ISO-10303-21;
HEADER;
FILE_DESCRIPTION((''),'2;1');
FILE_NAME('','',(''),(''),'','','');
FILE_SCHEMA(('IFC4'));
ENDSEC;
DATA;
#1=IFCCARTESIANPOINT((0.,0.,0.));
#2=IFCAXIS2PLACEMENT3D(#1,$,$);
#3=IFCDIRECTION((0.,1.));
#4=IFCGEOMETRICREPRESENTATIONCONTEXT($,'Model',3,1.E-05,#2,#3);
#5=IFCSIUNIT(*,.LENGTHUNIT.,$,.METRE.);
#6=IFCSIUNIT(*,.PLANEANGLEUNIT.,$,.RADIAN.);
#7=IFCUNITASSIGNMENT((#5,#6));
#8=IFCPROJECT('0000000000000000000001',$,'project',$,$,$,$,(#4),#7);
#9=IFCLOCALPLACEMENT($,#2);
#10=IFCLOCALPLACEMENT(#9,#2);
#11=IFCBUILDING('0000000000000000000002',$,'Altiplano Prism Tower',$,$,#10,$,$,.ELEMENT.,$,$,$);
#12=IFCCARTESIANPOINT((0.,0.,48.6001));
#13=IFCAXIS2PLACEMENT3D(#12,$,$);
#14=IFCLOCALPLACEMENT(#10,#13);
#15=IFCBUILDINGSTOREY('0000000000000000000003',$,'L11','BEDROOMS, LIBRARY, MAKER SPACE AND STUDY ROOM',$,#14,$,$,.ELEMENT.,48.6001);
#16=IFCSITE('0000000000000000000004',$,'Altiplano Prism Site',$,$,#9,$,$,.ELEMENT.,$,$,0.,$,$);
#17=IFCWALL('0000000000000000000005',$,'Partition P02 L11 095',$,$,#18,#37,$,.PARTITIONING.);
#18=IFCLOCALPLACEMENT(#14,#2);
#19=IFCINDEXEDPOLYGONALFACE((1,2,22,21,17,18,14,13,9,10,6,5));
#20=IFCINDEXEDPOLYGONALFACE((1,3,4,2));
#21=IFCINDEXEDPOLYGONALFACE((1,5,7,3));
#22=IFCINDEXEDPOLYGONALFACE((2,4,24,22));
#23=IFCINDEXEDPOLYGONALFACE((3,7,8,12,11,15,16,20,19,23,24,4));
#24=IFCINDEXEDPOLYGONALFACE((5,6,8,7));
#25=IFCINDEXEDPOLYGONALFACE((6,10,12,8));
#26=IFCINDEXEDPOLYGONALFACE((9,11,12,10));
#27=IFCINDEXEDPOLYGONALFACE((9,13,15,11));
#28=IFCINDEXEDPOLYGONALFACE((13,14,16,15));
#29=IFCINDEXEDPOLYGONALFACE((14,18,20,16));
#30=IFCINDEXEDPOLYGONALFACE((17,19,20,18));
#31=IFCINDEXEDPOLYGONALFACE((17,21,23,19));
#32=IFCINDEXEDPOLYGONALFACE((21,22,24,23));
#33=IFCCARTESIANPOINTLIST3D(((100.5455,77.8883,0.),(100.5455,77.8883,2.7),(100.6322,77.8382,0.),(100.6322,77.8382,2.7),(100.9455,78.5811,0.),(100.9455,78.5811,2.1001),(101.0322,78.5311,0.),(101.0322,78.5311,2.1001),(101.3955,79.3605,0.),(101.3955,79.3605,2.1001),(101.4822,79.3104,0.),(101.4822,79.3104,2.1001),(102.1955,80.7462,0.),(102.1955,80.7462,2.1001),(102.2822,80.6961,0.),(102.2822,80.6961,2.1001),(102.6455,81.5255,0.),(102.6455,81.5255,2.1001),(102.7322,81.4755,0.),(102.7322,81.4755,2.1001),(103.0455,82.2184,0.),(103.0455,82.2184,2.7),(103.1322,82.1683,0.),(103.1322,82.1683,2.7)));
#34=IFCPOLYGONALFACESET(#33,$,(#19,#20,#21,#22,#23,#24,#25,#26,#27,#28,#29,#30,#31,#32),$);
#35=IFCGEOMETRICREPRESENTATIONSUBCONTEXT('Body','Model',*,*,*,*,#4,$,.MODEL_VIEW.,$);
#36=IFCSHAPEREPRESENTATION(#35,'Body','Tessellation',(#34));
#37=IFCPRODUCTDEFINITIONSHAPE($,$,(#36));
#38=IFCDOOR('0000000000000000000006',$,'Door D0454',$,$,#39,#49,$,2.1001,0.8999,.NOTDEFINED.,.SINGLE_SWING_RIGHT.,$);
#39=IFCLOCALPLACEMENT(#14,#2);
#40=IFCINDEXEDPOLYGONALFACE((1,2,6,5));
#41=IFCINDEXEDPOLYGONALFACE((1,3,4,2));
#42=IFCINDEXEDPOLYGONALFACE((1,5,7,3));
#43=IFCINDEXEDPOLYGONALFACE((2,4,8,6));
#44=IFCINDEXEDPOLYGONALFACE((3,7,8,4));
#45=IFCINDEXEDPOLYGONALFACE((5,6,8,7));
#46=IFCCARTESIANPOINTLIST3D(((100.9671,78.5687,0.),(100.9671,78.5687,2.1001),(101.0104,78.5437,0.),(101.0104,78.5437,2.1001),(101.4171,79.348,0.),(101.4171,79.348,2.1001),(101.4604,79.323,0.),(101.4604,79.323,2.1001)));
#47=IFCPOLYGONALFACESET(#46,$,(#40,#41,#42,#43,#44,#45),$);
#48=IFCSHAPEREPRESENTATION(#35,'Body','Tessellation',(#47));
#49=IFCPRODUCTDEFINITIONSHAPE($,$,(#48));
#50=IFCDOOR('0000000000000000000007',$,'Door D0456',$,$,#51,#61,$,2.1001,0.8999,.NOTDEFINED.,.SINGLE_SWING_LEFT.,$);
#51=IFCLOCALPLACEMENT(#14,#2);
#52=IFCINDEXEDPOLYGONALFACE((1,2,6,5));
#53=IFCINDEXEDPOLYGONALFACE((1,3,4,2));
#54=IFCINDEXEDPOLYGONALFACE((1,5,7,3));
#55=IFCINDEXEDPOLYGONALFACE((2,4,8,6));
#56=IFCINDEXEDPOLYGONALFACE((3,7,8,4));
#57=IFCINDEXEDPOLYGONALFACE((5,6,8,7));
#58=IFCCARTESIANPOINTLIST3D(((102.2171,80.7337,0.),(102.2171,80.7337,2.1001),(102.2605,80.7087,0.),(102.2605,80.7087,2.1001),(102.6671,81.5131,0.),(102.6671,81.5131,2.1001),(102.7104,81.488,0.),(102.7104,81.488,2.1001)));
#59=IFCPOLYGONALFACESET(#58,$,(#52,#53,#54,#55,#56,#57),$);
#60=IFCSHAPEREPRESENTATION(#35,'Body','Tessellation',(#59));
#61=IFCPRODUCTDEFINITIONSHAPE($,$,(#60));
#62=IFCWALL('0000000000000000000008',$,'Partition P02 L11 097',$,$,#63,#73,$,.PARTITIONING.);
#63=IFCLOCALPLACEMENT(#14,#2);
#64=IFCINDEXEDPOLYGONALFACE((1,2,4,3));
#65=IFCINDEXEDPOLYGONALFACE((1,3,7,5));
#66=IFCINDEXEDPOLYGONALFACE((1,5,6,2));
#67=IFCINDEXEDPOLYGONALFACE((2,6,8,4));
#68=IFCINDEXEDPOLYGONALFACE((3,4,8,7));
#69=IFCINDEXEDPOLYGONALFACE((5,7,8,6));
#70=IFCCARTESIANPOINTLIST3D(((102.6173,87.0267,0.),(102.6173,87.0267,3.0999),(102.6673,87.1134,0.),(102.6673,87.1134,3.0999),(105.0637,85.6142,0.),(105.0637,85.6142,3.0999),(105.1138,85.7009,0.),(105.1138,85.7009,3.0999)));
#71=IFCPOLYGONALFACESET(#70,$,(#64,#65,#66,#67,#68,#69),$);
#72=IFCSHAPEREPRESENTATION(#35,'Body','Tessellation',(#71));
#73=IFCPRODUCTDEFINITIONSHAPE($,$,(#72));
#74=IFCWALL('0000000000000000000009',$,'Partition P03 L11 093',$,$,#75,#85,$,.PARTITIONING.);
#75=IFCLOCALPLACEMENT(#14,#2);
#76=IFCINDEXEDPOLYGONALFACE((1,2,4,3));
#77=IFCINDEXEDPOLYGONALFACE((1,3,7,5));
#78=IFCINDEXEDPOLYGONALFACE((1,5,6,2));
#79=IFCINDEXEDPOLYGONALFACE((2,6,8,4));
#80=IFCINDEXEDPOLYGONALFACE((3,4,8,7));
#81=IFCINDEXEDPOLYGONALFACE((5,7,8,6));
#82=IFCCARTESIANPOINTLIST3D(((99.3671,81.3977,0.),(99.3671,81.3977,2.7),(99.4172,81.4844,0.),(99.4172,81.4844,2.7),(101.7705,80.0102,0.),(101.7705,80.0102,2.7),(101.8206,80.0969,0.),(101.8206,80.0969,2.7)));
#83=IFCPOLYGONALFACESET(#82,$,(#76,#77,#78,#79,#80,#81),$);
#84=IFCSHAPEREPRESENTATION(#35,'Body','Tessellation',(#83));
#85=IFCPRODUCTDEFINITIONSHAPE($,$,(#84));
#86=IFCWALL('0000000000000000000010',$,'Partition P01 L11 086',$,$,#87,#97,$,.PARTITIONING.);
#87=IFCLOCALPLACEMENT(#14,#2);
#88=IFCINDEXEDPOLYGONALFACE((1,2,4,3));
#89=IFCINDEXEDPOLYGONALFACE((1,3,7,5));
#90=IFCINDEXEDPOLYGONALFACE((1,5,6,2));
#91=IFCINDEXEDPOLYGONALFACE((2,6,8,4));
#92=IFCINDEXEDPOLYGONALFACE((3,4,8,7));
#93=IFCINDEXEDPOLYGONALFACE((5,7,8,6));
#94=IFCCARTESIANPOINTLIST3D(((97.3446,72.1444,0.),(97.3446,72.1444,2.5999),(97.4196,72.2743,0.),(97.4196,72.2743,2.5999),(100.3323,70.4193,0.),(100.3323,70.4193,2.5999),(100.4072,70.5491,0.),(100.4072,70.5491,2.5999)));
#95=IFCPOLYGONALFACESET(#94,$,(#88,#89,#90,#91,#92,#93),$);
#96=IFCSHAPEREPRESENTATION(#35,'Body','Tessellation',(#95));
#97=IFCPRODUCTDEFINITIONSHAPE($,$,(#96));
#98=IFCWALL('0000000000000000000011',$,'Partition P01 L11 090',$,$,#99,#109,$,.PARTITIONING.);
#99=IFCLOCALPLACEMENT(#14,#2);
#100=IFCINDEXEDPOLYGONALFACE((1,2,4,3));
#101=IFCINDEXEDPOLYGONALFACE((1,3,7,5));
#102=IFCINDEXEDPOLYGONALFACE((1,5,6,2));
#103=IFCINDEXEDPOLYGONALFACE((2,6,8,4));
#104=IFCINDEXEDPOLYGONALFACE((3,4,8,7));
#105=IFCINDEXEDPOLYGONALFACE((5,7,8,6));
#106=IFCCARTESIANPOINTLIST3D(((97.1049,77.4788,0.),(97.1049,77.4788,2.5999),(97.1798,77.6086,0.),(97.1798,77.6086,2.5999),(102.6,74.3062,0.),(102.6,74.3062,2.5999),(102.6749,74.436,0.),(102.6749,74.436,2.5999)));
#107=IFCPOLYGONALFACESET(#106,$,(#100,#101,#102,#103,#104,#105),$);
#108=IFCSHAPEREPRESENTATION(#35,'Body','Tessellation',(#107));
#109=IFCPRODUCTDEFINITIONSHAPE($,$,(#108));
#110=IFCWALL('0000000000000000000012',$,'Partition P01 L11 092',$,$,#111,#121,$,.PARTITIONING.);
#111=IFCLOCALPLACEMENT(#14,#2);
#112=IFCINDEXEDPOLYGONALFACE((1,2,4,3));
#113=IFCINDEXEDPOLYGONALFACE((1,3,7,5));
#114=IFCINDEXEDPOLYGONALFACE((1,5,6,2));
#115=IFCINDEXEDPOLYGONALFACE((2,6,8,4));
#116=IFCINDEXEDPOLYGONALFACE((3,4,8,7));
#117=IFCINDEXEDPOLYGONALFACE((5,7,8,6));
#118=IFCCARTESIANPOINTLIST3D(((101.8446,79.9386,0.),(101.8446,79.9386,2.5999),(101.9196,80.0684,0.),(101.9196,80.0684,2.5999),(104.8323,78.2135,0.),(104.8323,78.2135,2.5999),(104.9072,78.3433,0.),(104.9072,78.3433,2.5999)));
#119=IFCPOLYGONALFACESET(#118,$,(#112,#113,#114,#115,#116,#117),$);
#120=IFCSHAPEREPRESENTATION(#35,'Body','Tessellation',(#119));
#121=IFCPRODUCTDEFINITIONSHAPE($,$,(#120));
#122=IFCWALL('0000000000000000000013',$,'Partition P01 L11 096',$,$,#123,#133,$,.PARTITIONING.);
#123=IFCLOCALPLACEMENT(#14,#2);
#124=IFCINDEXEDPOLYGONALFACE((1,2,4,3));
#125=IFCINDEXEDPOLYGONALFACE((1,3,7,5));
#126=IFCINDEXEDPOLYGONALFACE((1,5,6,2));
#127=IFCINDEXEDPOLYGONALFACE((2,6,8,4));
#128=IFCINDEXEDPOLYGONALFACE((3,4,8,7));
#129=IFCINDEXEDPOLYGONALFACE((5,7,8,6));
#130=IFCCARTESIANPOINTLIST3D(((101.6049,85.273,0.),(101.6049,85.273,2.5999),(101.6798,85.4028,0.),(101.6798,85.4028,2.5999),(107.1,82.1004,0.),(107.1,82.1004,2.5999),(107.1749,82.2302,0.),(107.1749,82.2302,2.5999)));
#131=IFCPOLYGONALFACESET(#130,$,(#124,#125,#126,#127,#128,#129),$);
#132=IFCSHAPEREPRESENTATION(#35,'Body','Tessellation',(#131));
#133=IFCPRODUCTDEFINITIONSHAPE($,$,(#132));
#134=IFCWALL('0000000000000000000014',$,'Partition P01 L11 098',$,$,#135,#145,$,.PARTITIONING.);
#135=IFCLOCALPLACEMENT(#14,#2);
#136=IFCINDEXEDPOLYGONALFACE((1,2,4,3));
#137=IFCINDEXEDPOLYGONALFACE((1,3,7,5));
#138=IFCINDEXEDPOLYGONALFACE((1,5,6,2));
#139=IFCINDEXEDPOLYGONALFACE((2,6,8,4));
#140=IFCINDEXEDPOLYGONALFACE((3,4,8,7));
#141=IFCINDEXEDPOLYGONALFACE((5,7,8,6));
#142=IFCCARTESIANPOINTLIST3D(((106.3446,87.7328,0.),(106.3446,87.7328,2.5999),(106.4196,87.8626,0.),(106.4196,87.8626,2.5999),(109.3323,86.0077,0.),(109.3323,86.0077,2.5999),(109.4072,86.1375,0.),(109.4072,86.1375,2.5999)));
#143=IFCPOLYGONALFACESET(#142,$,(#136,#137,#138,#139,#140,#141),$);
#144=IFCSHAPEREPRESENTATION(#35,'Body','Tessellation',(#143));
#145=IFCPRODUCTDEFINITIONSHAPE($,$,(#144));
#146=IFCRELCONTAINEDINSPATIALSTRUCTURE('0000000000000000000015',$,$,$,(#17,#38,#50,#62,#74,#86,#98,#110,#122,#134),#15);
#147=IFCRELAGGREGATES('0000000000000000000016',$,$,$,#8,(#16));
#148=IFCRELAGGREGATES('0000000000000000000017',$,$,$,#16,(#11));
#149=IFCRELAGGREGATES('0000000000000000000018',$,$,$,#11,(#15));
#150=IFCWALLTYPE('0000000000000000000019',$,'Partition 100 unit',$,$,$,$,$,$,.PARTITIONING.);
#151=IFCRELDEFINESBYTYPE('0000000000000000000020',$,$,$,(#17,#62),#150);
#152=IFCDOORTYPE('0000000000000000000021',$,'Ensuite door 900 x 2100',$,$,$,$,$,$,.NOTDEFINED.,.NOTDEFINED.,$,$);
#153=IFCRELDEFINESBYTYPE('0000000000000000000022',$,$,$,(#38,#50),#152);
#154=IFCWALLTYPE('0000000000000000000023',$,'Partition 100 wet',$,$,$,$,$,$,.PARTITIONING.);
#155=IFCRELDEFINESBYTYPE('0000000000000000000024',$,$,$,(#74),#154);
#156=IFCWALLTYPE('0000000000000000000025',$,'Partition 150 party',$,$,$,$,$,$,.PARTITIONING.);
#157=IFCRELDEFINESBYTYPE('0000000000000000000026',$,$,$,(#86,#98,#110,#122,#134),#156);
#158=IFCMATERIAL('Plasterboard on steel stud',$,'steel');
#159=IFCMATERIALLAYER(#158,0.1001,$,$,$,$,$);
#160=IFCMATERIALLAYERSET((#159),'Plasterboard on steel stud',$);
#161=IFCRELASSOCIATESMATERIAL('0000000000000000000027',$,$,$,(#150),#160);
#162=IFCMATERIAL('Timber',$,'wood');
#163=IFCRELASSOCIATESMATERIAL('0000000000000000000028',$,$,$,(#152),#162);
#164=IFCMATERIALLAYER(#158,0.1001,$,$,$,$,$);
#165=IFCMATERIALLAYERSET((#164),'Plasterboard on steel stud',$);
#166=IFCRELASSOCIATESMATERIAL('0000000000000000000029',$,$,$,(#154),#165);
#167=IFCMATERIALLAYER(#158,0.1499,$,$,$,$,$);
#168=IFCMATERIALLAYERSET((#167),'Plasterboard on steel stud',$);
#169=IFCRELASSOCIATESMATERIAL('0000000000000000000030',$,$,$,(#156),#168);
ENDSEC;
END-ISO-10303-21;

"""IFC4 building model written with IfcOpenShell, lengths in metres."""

from ifc_helpers import new_model, si_unit, direction, frame, frame_2d, origin, place, context, subcontext, project, spatial, rectangle, extrude, material, layer, layer_set, type_object, element, fill, save


model = new_model("IFC4")

# Units and contexts
model_context = context("Model", 3, precision=1e-05, world=origin(), true_north=direction((0.0, 1.0)))
body_context = subcontext(model_context, "Body", "Model", "MODEL_VIEW")
ifc_project = project(units=[si_unit("LENGTHUNIT", "METRE"), si_unit("PLANEANGLEUNIT", "RADIAN")], contexts=[model_context])

# Site, building, storey
site_placement = place(None, origin())
site = spatial("IfcSite", under=ifc_project, at=site_placement, Name="Altiplano Prism Site", CompositionType="ELEMENT", RefElevation=0.0)
building_placement = place(site_placement, origin())
building = spatial("IfcBuilding", under=site, at=building_placement, Name="Altiplano Prism Tower", CompositionType="ELEMENT")
storey_placement = place(building_placement, frame((0.0, 0.0, 48.6001)))
storey = spatial("IfcBuildingStorey", under=building, at=storey_placement, Name="L11", Description="BEDROOMS, LIBRARY, MAKER SPACE AND STUDY ROOM", CompositionType="ELEMENT", Elevation=48.6001)

# Shared definitions
ifc_material_1 = material(Name="Plasterboard on steel stud", Category="steel")
ifc_layer_1 = layer(ifc_material_1, 0.1001)
ifc_layer_set_1 = layer_set([ifc_layer_1], Name="Plasterboard on steel stud")
wall_type_1 = type_object("IfcWallType", Name="Partition 100 unit", PredefinedType="PARTITIONING", material=ifc_layer_set_1)

# Wall, openings, doors
wall_1_placement = place(storey_placement, frame((103.0889, 82.1934, 0.0), z_axis=(0.0, 0.0, 1.0), x_axis=(-0.500004, -0.866023, 0.0)))
wall_1 = element("IfcWall", 1, at=wall_1_placement, inside=storey, type_object=wall_type_1, Name="Partition P02 L11 095", PredefinedType="PARTITIONING", context=body_context, shape_type="SweptSolid", body=[
    extrude(rectangle(XDim=5.0, YDim=0.1001, at=frame_2d((2.5, 0.0))), origin(), (0.0, 0.0, 1.0), 2.7),
])
opening_1_placement = place(wall_1_placement, frame((3.3, 0.0, 0.0)))
opening_1 = element("IfcOpeningElement", 2, at=opening_1_placement, cuts=wall_1, PredefinedType="OPENING", context=body_context, shape_type="SweptSolid", body=[
    extrude(rectangle(XDim=0.8999, YDim=2.1001, at=frame_2d((0.45, 1.05))), frame((0.0, 0.0605, 0.0), z_axis=(0.0, -1.0, 0.0), x_axis=(1.0, 0.0, 0.0)), (0.0, 0.0, 1.0), 0.1211),
])
opening_2_placement = place(wall_1_placement, frame((0.8, 0.0, 0.0)))
opening_2 = element("IfcOpeningElement", 3, at=opening_2_placement, cuts=wall_1, PredefinedType="OPENING", context=body_context, shape_type="SweptSolid", body=[
    extrude(rectangle(XDim=0.8999, YDim=2.1001, at=frame_2d((0.45, 1.05))), frame((0.0, 0.0605, 0.0), z_axis=(0.0, -1.0, 0.0), x_axis=(1.0, 0.0, 0.0)), (0.0, 0.0, 1.0), 0.1211),
])
ifc_material_2 = material(Name="Timber", Category="wood")
door_type = type_object("IfcDoorType", Name="Ensuite door 900 x 2100", OperationType="NOTDEFINED", PredefinedType="NOTDEFINED", material=ifc_material_2)
door_1_placement = place(opening_1_placement, origin())
door_1 = element("IfcDoor", 4, at=door_1_placement, inside=storey, type_object=door_type, Name="Door D0454", OperationType="SINGLE_SWING_RIGHT", OverallHeight=2.1001, OverallWidth=0.8999, PredefinedType="NOTDEFINED", context=body_context, shape_type="SweptSolid", body=[
    extrude(rectangle(XDim=0.8999, YDim=2.1001, at=frame_2d((0.45, 1.05))), frame((0.0, 0.0249, 0.0), z_axis=(0.0, -1.0, 0.0), x_axis=(1.0, 0.0, 0.0)), (0.0, 0.0, 1.0), 0.05),
])
fill(opening_1, door_1)
door_2_placement = place(opening_2_placement, origin())
door_2 = element("IfcDoor", 5, at=door_2_placement, inside=storey, type_object=door_type, Name="Door D0456", OperationType="SINGLE_SWING_LEFT", OverallHeight=2.1001, OverallWidth=0.8999, PredefinedType="NOTDEFINED", context=body_context, shape_type="SweptSolid", body=[
    extrude(rectangle(XDim=0.8999, YDim=2.1001, at=frame_2d((0.45, 1.05))), frame((0.0, 0.0249, 0.0), z_axis=(0.0, -1.0, 0.0), x_axis=(1.0, 0.0, 0.0)), (0.0, 0.0, 1.0), 0.05),
])
fill(opening_2, door_2)

# Walls
wall_2_placement = place(storey_placement, frame((105.0889, 85.6575, 0.0), z_axis=(0.0, 0.0, 1.0), x_axis=(-0.866011, 0.500024, 0.0)))
element("IfcWall", 6, at=wall_2_placement, inside=storey, type_object=wall_type_1, Name="Partition P02 L11 097", PredefinedType="PARTITIONING", context=body_context, shape_type="SweptSolid", body=[
    extrude(rectangle(XDim=2.825, YDim=0.1001, at=frame_2d((1.4126, 0.0))), origin(), (0.0, 0.0, 1.0), 3.0999),
])
ifc_layer_2 = layer(ifc_material_1, 0.1001)
ifc_layer_set_2 = layer_set([ifc_layer_2], Name="Plasterboard on steel stud")
wall_type_2 = type_object("IfcWallType", Name="Partition 100 wet", PredefinedType="PARTITIONING", material=ifc_layer_set_2)
wall_3_placement = place(storey_placement, frame((101.7957, 80.0535, 0.0), z_axis=(0.0, 0.0, 1.0), x_axis=(-0.866042, 0.499971, 0.0)))
element("IfcWall", 7, at=wall_3_placement, inside=storey, type_object=wall_type_2, Name="Partition P03 L11 093", PredefinedType="PARTITIONING", context=body_context, shape_type="SweptSolid", body=[
    extrude(rectangle(XDim=2.7751, YDim=0.1001, at=frame_2d((1.3877, 0.0))), origin(), (0.0, 0.0, 1.0), 2.7),
])
ifc_layer_3 = layer(ifc_material_1, 0.1499)
ifc_layer_set_3 = layer_set([ifc_layer_3], Name="Plasterboard on steel stud")
wall_type_3 = type_object("IfcWallType", Name="Partition 150 party", PredefinedType="PARTITIONING", material=ifc_layer_set_3)
wall_4_placement = place(storey_placement, frame((100.3699, 70.4841, 0.0), z_axis=(0.0, 0.0, 1.0), x_axis=(-0.865996, 0.500051, 0.0)))
element("IfcWall", 8, at=wall_4_placement, inside=storey, type_object=wall_type_3, Name="Partition P01 L11 086", PredefinedType="PARTITIONING", context=body_context, shape_type="SweptSolid", body=[
    extrude(rectangle(XDim=3.45, YDim=0.1499, at=frame_2d((1.7251, 0.0))), origin(), (0.0, 0.0, 1.0), 2.5999),
])
wall_5_placement = place(storey_placement, frame((102.6375, 74.3711, 0.0), z_axis=(0.0, 0.0, 1.0), x_axis=(-0.866025, 0.5, 0.0)))
element("IfcWall", 9, at=wall_5_placement, inside=storey, type_object=wall_type_3, Name="Partition P01 L11 090", PredefinedType="PARTITIONING", context=body_context, shape_type="SweptSolid", body=[
    extrude(rectangle(XDim=6.3452, YDim=0.1499, at=frame_2d((3.1726, 0.0))), origin(), (0.0, 0.0, 1.0), 2.5999),
])
wall_6_placement = place(storey_placement, frame((104.8699, 78.2783, 0.0), z_axis=(0.0, 0.0, 1.0), x_axis=(-0.865996, 0.500051, 0.0)))
element("IfcWall", 10, at=wall_6_placement, inside=storey, type_object=wall_type_3, Name="Partition P01 L11 092", PredefinedType="PARTITIONING", context=body_context, shape_type="SweptSolid", body=[
    extrude(rectangle(XDim=3.45, YDim=0.1499, at=frame_2d((1.7251, 0.0))), origin(), (0.0, 0.0, 1.0), 2.5999),
])
wall_7_placement = place(storey_placement, frame((107.1375, 82.1653, 0.0), z_axis=(0.0, 0.0, 1.0), x_axis=(-0.866025, 0.5, 0.0)))
element("IfcWall", 11, at=wall_7_placement, inside=storey, type_object=wall_type_3, Name="Partition P01 L11 096", PredefinedType="PARTITIONING", context=body_context, shape_type="SweptSolid", body=[
    extrude(rectangle(XDim=6.3452, YDim=0.1499, at=frame_2d((3.1726, 0.0))), origin(), (0.0, 0.0, 1.0), 2.5999),
])
wall_8_placement = place(storey_placement, frame((109.3699, 86.0725, 0.0), z_axis=(0.0, 0.0, 1.0), x_axis=(-0.865996, 0.500051, 0.0)))
element("IfcWall", 12, at=wall_8_placement, inside=storey, type_object=wall_type_3, Name="Partition P01 L11 098", PredefinedType="PARTITIONING", context=body_context, shape_type="SweptSolid", body=[
    extrude(rectangle(XDim=3.45, YDim=0.1499, at=frame_2d((1.7251, 0.0))), origin(), (0.0, 0.0, 1.0), 2.5999),
])

save(model, "model.ifc")
